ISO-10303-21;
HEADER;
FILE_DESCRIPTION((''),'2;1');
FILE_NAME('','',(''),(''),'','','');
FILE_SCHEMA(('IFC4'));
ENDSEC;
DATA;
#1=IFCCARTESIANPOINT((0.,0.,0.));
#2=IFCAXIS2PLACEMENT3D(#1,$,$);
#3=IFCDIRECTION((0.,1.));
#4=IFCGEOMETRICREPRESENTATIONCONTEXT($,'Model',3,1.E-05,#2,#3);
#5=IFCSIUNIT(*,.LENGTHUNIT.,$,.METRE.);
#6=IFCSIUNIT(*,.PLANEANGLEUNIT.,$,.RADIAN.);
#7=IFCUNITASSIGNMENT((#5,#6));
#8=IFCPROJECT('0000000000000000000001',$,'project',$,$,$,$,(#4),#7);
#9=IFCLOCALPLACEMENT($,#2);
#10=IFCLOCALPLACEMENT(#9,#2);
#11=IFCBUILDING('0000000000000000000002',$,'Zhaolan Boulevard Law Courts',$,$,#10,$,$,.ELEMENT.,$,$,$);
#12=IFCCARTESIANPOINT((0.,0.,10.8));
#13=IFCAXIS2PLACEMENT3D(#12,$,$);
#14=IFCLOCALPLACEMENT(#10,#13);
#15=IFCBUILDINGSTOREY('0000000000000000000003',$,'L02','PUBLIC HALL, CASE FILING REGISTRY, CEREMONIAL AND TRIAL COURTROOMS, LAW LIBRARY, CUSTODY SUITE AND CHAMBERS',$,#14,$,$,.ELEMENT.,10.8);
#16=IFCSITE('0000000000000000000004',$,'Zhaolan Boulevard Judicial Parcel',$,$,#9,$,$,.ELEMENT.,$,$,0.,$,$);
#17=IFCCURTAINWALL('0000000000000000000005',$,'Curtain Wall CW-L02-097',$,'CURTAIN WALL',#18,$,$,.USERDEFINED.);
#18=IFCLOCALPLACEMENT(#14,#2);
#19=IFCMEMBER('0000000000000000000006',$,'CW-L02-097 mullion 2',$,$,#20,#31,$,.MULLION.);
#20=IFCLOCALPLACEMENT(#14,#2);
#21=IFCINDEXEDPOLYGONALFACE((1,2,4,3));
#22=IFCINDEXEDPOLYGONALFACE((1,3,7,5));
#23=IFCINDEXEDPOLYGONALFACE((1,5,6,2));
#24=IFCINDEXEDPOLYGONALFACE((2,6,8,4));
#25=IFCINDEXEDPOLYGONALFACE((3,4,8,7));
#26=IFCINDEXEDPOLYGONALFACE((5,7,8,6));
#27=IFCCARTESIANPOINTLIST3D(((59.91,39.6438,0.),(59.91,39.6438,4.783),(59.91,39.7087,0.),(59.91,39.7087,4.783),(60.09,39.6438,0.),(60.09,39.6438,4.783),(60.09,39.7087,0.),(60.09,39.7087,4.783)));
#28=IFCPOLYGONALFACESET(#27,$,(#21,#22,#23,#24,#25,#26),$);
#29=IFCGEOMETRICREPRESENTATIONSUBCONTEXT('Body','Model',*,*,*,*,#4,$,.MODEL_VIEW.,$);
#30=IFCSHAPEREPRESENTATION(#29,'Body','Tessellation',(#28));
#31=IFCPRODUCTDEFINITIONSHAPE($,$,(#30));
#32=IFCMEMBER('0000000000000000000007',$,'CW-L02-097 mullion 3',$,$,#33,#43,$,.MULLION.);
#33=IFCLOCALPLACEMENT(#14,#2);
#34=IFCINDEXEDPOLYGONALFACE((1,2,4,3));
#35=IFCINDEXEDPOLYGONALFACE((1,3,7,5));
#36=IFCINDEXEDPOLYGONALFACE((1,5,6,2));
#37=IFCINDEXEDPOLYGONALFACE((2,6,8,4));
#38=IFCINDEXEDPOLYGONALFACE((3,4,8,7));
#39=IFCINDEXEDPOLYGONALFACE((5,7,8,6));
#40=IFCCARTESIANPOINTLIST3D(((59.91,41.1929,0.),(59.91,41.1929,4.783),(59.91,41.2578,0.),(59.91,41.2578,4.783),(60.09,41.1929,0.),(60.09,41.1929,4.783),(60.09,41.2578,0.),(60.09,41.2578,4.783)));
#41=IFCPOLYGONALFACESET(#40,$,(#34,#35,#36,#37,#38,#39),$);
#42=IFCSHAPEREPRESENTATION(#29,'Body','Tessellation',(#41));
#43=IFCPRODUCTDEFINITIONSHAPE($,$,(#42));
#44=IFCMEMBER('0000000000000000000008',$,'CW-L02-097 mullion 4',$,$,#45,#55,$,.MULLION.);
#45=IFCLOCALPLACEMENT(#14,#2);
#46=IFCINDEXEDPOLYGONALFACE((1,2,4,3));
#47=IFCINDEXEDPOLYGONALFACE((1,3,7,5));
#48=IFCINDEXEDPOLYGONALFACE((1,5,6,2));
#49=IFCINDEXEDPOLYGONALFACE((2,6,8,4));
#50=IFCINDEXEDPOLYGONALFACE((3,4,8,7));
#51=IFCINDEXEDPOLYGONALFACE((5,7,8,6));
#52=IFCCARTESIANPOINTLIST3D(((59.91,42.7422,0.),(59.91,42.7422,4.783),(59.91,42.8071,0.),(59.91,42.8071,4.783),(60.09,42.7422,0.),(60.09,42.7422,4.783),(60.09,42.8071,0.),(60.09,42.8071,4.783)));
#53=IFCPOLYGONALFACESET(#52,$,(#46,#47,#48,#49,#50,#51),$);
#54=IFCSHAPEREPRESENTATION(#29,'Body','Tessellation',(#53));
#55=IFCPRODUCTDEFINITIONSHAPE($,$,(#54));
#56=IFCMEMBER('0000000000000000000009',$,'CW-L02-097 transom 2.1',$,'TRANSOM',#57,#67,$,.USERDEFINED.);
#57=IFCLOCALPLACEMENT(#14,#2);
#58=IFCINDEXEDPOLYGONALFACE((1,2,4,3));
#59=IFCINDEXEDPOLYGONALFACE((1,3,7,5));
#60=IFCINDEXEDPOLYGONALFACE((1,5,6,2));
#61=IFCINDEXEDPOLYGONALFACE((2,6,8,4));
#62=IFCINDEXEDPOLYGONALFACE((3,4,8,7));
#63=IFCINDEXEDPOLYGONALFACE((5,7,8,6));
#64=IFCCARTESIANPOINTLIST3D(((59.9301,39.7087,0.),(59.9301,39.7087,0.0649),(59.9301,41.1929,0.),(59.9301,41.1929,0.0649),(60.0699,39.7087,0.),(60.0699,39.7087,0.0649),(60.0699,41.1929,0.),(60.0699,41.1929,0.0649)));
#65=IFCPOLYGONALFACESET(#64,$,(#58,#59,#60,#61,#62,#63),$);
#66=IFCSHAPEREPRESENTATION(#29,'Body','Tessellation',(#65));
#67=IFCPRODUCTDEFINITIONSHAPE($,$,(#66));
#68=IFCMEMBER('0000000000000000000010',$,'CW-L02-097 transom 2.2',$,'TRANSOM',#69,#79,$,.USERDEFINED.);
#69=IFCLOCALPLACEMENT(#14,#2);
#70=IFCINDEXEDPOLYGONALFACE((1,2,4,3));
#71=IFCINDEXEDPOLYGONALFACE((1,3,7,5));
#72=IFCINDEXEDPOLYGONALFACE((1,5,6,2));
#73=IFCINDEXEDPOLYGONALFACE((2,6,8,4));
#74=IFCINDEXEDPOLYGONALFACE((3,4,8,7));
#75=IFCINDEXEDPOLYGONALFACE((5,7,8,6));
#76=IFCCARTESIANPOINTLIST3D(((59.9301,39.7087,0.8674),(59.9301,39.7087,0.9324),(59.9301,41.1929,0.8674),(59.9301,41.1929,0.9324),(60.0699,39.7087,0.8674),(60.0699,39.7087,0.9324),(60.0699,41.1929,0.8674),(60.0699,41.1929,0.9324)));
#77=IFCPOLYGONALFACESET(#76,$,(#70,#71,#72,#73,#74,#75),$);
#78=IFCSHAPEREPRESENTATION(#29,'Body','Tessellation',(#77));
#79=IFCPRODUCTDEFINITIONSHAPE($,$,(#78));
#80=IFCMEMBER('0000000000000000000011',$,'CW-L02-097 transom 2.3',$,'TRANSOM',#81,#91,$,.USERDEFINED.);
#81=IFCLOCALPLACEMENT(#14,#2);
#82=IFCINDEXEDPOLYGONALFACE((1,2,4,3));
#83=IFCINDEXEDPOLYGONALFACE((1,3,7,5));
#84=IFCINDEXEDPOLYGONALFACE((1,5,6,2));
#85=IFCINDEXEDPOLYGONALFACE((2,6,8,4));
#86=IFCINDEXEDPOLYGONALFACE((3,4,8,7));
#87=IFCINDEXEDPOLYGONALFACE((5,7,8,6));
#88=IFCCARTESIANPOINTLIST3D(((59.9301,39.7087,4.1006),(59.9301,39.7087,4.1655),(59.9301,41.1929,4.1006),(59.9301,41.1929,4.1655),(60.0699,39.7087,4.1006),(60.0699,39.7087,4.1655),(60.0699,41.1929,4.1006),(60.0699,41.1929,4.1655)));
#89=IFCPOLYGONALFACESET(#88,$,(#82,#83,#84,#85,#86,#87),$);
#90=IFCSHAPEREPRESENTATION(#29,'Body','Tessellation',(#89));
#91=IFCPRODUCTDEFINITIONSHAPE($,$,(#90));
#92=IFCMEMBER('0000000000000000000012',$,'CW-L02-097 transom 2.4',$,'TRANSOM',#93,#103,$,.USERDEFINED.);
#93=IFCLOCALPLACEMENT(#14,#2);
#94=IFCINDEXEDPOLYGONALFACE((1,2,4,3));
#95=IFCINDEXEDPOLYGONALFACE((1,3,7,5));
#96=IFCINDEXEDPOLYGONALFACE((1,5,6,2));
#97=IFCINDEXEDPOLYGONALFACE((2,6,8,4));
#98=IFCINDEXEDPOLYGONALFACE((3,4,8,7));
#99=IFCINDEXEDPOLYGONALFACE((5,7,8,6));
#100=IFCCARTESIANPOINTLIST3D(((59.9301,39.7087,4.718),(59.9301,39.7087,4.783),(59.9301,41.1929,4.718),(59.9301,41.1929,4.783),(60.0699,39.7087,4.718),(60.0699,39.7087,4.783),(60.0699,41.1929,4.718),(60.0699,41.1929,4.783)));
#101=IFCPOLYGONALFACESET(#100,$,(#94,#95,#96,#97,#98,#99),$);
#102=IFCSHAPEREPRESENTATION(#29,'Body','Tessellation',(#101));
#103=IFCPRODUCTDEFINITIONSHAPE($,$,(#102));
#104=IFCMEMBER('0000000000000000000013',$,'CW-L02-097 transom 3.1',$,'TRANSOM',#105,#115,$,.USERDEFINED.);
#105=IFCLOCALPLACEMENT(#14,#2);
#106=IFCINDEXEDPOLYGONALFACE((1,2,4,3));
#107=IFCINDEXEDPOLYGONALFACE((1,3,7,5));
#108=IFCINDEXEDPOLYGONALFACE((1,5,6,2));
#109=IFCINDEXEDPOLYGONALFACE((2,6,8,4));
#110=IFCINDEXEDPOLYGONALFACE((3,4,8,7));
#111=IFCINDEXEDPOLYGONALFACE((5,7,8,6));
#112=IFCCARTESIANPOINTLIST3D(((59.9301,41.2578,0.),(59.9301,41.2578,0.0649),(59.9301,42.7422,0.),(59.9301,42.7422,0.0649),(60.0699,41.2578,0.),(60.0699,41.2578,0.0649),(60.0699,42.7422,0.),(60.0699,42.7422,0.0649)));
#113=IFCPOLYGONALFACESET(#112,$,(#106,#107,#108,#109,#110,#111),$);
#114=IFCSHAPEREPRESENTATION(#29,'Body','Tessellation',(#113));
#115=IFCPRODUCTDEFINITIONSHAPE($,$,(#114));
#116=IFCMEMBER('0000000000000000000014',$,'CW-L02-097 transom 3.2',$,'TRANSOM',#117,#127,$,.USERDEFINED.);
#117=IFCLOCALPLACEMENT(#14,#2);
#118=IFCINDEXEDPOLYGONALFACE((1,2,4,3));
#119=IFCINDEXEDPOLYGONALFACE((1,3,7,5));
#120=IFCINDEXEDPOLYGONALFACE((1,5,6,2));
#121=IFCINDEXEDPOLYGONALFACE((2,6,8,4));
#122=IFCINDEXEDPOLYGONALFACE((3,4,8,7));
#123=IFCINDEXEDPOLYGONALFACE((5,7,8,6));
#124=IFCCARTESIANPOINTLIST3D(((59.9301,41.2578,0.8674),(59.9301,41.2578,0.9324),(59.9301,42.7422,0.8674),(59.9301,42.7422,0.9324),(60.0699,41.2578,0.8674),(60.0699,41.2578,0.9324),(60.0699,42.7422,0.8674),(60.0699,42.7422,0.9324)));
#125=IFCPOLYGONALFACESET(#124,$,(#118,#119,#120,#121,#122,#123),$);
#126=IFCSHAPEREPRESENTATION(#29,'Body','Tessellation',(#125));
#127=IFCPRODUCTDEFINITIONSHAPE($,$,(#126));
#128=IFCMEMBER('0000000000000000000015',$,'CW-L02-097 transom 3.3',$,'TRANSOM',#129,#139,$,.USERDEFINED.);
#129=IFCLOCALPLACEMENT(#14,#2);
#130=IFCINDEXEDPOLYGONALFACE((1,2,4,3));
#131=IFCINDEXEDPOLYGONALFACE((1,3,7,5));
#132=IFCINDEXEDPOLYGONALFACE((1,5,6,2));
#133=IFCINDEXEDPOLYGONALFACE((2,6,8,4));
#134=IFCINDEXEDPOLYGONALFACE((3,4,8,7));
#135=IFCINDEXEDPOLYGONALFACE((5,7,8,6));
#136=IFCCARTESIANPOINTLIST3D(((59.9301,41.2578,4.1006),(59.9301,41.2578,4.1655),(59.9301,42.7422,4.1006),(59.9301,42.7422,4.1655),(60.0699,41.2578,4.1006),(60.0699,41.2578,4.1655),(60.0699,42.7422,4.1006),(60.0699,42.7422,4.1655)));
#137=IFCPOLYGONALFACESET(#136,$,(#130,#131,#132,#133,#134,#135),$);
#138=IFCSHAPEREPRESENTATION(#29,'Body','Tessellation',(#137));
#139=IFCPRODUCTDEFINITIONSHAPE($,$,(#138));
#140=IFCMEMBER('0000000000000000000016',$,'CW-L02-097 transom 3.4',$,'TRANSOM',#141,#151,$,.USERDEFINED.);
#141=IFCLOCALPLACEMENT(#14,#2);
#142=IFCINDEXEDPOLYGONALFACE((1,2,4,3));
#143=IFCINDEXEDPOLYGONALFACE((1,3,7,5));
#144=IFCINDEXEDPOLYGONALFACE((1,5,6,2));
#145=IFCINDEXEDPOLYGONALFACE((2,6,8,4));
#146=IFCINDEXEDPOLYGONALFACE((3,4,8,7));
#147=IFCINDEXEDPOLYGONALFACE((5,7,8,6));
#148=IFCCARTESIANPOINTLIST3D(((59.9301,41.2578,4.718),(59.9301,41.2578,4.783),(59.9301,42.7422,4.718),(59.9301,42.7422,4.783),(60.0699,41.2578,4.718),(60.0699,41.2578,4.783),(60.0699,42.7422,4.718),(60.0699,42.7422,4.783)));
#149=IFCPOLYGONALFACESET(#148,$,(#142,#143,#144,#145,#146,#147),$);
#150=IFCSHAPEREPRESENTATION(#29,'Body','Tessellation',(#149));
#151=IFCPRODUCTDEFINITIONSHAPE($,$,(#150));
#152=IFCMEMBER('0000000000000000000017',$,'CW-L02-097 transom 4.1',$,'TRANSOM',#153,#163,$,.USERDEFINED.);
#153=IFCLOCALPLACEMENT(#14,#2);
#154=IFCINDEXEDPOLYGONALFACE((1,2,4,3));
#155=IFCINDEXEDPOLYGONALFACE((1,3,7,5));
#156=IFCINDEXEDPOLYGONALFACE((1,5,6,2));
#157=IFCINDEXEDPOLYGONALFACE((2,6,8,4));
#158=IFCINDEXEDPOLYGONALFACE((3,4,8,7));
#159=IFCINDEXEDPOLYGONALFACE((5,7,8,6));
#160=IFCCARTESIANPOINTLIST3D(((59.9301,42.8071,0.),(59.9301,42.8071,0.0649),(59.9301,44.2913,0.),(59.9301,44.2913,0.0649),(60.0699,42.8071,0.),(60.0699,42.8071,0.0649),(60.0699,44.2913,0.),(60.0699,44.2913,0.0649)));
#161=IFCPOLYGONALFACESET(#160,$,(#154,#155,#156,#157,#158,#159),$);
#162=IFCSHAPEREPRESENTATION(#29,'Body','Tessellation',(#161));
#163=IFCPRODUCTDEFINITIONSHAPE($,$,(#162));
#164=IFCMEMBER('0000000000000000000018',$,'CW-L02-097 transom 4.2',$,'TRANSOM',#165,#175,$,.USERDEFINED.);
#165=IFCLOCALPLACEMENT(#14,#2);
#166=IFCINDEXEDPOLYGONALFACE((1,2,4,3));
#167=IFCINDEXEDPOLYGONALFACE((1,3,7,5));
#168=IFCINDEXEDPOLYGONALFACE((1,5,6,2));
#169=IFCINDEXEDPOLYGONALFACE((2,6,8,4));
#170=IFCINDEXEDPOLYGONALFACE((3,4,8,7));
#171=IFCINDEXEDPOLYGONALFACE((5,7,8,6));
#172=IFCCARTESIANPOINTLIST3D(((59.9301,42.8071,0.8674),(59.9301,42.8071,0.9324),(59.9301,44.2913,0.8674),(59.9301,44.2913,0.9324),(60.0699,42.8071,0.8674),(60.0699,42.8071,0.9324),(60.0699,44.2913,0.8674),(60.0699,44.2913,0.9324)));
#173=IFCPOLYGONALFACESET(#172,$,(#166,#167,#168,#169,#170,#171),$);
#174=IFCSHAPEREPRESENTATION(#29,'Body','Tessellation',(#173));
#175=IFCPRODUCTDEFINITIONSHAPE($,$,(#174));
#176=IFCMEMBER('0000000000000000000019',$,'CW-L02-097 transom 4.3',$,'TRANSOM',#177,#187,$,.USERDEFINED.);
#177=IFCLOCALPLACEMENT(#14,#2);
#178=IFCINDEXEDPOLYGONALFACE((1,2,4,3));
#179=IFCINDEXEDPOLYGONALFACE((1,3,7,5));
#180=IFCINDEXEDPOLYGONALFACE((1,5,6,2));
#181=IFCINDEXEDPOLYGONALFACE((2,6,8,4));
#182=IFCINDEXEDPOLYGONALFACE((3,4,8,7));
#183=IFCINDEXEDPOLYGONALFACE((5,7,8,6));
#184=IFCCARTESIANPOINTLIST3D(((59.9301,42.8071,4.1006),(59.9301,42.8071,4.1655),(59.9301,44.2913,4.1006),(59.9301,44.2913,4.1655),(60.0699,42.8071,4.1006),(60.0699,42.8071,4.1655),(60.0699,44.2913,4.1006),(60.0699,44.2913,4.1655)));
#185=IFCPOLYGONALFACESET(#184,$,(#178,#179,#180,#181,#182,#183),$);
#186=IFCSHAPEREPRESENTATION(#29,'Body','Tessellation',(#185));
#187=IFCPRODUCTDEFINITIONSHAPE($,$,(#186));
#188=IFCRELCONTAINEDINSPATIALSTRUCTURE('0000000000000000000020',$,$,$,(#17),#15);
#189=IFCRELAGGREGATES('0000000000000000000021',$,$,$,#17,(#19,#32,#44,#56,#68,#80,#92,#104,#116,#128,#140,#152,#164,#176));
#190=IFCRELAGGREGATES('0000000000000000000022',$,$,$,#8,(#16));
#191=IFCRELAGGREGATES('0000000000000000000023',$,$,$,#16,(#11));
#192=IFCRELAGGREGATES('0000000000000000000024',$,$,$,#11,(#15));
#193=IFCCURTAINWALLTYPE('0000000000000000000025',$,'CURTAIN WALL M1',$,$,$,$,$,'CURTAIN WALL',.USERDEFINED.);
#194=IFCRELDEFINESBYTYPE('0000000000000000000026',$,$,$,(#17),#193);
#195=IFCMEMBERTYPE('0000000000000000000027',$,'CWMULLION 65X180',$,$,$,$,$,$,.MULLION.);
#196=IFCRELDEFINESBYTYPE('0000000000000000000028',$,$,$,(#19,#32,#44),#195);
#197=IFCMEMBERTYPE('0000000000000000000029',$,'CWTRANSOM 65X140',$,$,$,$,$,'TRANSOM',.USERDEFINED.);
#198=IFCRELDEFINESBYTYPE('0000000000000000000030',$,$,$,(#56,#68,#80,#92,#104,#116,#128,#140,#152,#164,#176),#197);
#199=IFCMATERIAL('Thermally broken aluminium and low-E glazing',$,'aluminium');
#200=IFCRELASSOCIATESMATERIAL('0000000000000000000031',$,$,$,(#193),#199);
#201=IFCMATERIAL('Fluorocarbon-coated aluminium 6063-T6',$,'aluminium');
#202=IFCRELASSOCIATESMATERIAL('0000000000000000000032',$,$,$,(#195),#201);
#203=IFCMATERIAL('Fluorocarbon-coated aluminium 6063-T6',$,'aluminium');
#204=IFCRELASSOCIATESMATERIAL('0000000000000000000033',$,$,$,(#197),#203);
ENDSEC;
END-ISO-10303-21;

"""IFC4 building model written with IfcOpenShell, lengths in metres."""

from ifc_helpers import new_model, si_unit, direction, frame, origin, origin_2d, place, context, subcontext, project, spatial, rectangle, extrude, material, material_profile, profile_set, type_object, element, aggregate, save


model = new_model("IFC4")

# Units and contexts
model_context = context("Model", 3, precision=1e-05, world=origin(), true_north=direction((0.0, 1.0)))
body_context = subcontext(model_context, "Body", "Model", "MODEL_VIEW")
ifc_project = project(units=[si_unit("LENGTHUNIT", "METRE"), si_unit("PLANEANGLEUNIT", "RADIAN")], contexts=[model_context])

# Site, building, storey
site_placement = place(None, origin())
site = spatial("IfcSite", under=ifc_project, at=site_placement, Name="Zhaolan Boulevard Judicial Parcel", CompositionType="ELEMENT", RefElevation=0.0)
building_placement = place(site_placement, origin())
building = spatial("IfcBuilding", under=site, at=building_placement, Name="Zhaolan Boulevard Law Courts", CompositionType="ELEMENT")
storey_placement = place(building_placement, frame((0.0, 0.0, 10.8)))
storey = spatial("IfcBuildingStorey", under=building, at=storey_placement, Name="L02", Description="PUBLIC HALL, CASE FILING REGISTRY, CEREMONIAL AND TRIAL COURTROOMS, LAW LIBRARY, CUSTODY SUITE AND CHAMBERS", CompositionType="ELEMENT", Elevation=10.8)

# Curtain wall, members
ifc_material_1 = material(Name="Thermally broken aluminium and low-E glazing", Category="aluminium")
curtain_wall_type = type_object("IfcCurtainWallType", Name="CURTAIN WALL M1", ElementType="CURTAIN WALL", PredefinedType="USERDEFINED", material=ifc_material_1)
curtain_wall_placement = place(storey_placement, origin())
curtain_wall = element("IfcCurtainWall", 1, at=curtain_wall_placement, inside=storey, type_object=curtain_wall_type, Name="Curtain Wall CW-L02-097", ObjectType="CURTAIN WALL", PredefinedType="USERDEFINED")
ifc_material_2 = material(Name="Fluorocarbon-coated aluminium 6063-T6", Category="aluminium")
ifc_material_profile_1 = material_profile(ifc_material_2, rectangle(XDim=0.1799, YDim=0.0649, at=origin_2d()), Name="AL65x180")
ifc_profile_set_1 = profile_set([ifc_material_profile_1], Name="Fluorocarbon-coated aluminium 6063-T6")
member_type_1 = type_object("IfcMemberType", Name="CWMULLION 65X180", PredefinedType="MULLION", material=ifc_profile_set_1)
member_1_placement = place(storey_placement, frame((60.0, 39.6763, 0.0), z_axis=(0.0, 0.0, 1.0), x_axis=(-1.0, 0.0, 0.0)))
member_1 = element("IfcMember", 2, at=member_1_placement, type_object=member_type_1, Name="CW-L02-097 mullion 2", PredefinedType="MULLION", context=body_context, shape_type="SweptSolid", body=[
    extrude(rectangle(XDim=0.1799, YDim=0.0649, at=origin_2d()), origin(), (0.0, 0.0, 1.0), 4.783),
])
member_2_placement = place(storey_placement, frame((60.0, 41.2253, 0.0), z_axis=(0.0, 0.0, 1.0), x_axis=(-1.0, 0.0, 0.0)))
member_2 = element("IfcMember", 3, at=member_2_placement, type_object=member_type_1, Name="CW-L02-097 mullion 3", PredefinedType="MULLION", context=body_context, shape_type="SweptSolid", body=[
    extrude(rectangle(XDim=0.1799, YDim=0.0649, at=origin_2d()), origin(), (0.0, 0.0, 1.0), 4.783),
])
member_3_placement = place(storey_placement, frame((60.0, 42.7747, 0.0), z_axis=(0.0, 0.0, 1.0), x_axis=(-1.0, 0.0, 0.0)))
member_3 = element("IfcMember", 4, at=member_3_placement, type_object=member_type_1, Name="CW-L02-097 mullion 4", PredefinedType="MULLION", context=body_context, shape_type="SweptSolid", body=[
    extrude(rectangle(XDim=0.1799, YDim=0.0649, at=origin_2d()), origin(), (0.0, 0.0, 1.0), 4.783),
])
ifc_material_3 = material(Name="Fluorocarbon-coated aluminium 6063-T6", Category="aluminium")
ifc_material_profile_2 = material_profile(ifc_material_3, rectangle(XDim=0.1399, YDim=0.0649, at=origin_2d()), Name="AL65x140")
ifc_profile_set_2 = profile_set([ifc_material_profile_2], Name="Fluorocarbon-coated aluminium 6063-T6")
member_type_2 = type_object("IfcMemberType", Name="CWTRANSOM 65X140", ElementType="TRANSOM", PredefinedType="USERDEFINED", material=ifc_profile_set_2)
member_4_placement = place(storey_placement, frame((60.0, 39.7087, 0.0325), z_axis=(0.0, 1.0, 0.0), x_axis=(-1.0, 0.0, 0.0)))
member_4 = element("IfcMember", 5, at=member_4_placement, type_object=member_type_2, Name="CW-L02-097 transom 2.1", ObjectType="TRANSOM", PredefinedType="USERDEFINED", context=body_context, shape_type="SweptSolid", body=[
    extrude(rectangle(XDim=0.1399, YDim=0.0649, at=origin_2d()), origin(), (0.0, 0.0, 1.0), 1.4841),
])
member_5_placement = place(storey_placement, frame((60.0, 39.7087, 0.8999), z_axis=(0.0, 1.0, 0.0), x_axis=(-1.0, 0.0, 0.0)))
member_5 = element("IfcMember", 6, at=member_5_placement, type_object=member_type_2, Name="CW-L02-097 transom 2.2", ObjectType="TRANSOM", PredefinedType="USERDEFINED", context=body_context, shape_type="SweptSolid", body=[
    extrude(rectangle(XDim=0.1399, YDim=0.0649, at=origin_2d()), origin(), (0.0, 0.0, 1.0), 1.4841),
])
member_6_placement = place(storey_placement, frame((60.0, 39.7087, 4.1331), z_axis=(0.0, 1.0, 0.0), x_axis=(-1.0, 0.0, 0.0)))
member_6 = element("IfcMember", 7, at=member_6_placement, type_object=member_type_2, Name="CW-L02-097 transom 2.3", ObjectType="TRANSOM", PredefinedType="USERDEFINED", context=body_context, shape_type="SweptSolid", body=[
    extrude(rectangle(XDim=0.1399, YDim=0.0649, at=origin_2d()), origin(), (0.0, 0.0, 1.0), 1.4841),
])
member_7_placement = place(storey_placement, frame((60.0, 39.7087, 4.7505), z_axis=(0.0, 1.0, 0.0), x_axis=(-1.0, 0.0, 0.0)))
member_7 = element("IfcMember", 8, at=member_7_placement, type_object=member_type_2, Name="CW-L02-097 transom 2.4", ObjectType="TRANSOM", PredefinedType="USERDEFINED", context=body_context, shape_type="SweptSolid", body=[
    extrude(rectangle(XDim=0.1399, YDim=0.0649, at=origin_2d()), origin(), (0.0, 0.0, 1.0), 1.4841),
])
member_8_placement = place(storey_placement, frame((60.0, 41.2578, 0.0325), z_axis=(0.0, 1.0, 0.0), x_axis=(-1.0, 0.0, 0.0)))
member_8 = element("IfcMember", 9, at=member_8_placement, type_object=member_type_2, Name="CW-L02-097 transom 3.1", ObjectType="TRANSOM", PredefinedType="USERDEFINED", context=body_context, shape_type="SweptSolid", body=[
    extrude(rectangle(XDim=0.1399, YDim=0.0649, at=origin_2d()), origin(), (0.0, 0.0, 1.0), 1.4844),
])
member_9_placement = place(storey_placement, frame((60.0, 41.2578, 0.8999), z_axis=(0.0, 1.0, 0.0), x_axis=(-1.0, 0.0, 0.0)))
member_9 = element("IfcMember", 10, at=member_9_placement, type_object=member_type_2, Name="CW-L02-097 transom 3.2", ObjectType="TRANSOM", PredefinedType="USERDEFINED", context=body_context, shape_type="SweptSolid", body=[
    extrude(rectangle(XDim=0.1399, YDim=0.0649, at=origin_2d()), origin(), (0.0, 0.0, 1.0), 1.4844),
])
member_10_placement = place(storey_placement, frame((60.0, 41.2578, 4.1331), z_axis=(0.0, 1.0, 0.0), x_axis=(-1.0, 0.0, 0.0)))
member_10 = element("IfcMember", 11, at=member_10_placement, type_object=member_type_2, Name="CW-L02-097 transom 3.3", ObjectType="TRANSOM", PredefinedType="USERDEFINED", context=body_context, shape_type="SweptSolid", body=[
    extrude(rectangle(XDim=0.1399, YDim=0.0649, at=origin_2d()), origin(), (0.0, 0.0, 1.0), 1.4844),
])
member_11_placement = place(storey_placement, frame((60.0, 41.2578, 4.7505), z_axis=(0.0, 1.0, 0.0), x_axis=(-1.0, 0.0, 0.0)))
member_11 = element("IfcMember", 12, at=member_11_placement, type_object=member_type_2, Name="CW-L02-097 transom 3.4", ObjectType="TRANSOM", PredefinedType="USERDEFINED", context=body_context, shape_type="SweptSolid", body=[
    extrude(rectangle(XDim=0.1399, YDim=0.0649, at=origin_2d()), origin(), (0.0, 0.0, 1.0), 1.4844),
])
member_12_placement = place(storey_placement, frame((60.0, 42.8071, 0.0325), z_axis=(0.0, 1.0, 0.0), x_axis=(-1.0, 0.0, 0.0)))
member_12 = element("IfcMember", 13, at=member_12_placement, type_object=member_type_2, Name="CW-L02-097 transom 4.1", ObjectType="TRANSOM", PredefinedType="USERDEFINED", context=body_context, shape_type="SweptSolid", body=[
    extrude(rectangle(XDim=0.1399, YDim=0.0649, at=origin_2d()), origin(), (0.0, 0.0, 1.0), 1.4841),
])
member_13_placement = place(storey_placement, frame((60.0, 42.8071, 0.8999), z_axis=(0.0, 1.0, 0.0), x_axis=(-1.0, 0.0, 0.0)))
member_13 = element("IfcMember", 14, at=member_13_placement, type_object=member_type_2, Name="CW-L02-097 transom 4.2", ObjectType="TRANSOM", PredefinedType="USERDEFINED", context=body_context, shape_type="SweptSolid", body=[
    extrude(rectangle(XDim=0.1399, YDim=0.0649, at=origin_2d()), origin(), (0.0, 0.0, 1.0), 1.4841),
])
member_14_placement = place(storey_placement, frame((60.0, 42.8071, 4.1331), z_axis=(0.0, 1.0, 0.0), x_axis=(-1.0, 0.0, 0.0)))
member_14 = element("IfcMember", 15, at=member_14_placement, type_object=member_type_2, Name="CW-L02-097 transom 4.3", ObjectType="TRANSOM", PredefinedType="USERDEFINED", context=body_context, shape_type="SweptSolid", body=[
    extrude(rectangle(XDim=0.1399, YDim=0.0649, at=origin_2d()), origin(), (0.0, 0.0, 1.0), 1.4841),
])
aggregate(curtain_wall, [member_1, member_2, member_3, member_4, member_5, member_6, member_7, member_8, member_9, member_10, member_11, member_12, member_13, member_14])

save(model, "model.ifc")
